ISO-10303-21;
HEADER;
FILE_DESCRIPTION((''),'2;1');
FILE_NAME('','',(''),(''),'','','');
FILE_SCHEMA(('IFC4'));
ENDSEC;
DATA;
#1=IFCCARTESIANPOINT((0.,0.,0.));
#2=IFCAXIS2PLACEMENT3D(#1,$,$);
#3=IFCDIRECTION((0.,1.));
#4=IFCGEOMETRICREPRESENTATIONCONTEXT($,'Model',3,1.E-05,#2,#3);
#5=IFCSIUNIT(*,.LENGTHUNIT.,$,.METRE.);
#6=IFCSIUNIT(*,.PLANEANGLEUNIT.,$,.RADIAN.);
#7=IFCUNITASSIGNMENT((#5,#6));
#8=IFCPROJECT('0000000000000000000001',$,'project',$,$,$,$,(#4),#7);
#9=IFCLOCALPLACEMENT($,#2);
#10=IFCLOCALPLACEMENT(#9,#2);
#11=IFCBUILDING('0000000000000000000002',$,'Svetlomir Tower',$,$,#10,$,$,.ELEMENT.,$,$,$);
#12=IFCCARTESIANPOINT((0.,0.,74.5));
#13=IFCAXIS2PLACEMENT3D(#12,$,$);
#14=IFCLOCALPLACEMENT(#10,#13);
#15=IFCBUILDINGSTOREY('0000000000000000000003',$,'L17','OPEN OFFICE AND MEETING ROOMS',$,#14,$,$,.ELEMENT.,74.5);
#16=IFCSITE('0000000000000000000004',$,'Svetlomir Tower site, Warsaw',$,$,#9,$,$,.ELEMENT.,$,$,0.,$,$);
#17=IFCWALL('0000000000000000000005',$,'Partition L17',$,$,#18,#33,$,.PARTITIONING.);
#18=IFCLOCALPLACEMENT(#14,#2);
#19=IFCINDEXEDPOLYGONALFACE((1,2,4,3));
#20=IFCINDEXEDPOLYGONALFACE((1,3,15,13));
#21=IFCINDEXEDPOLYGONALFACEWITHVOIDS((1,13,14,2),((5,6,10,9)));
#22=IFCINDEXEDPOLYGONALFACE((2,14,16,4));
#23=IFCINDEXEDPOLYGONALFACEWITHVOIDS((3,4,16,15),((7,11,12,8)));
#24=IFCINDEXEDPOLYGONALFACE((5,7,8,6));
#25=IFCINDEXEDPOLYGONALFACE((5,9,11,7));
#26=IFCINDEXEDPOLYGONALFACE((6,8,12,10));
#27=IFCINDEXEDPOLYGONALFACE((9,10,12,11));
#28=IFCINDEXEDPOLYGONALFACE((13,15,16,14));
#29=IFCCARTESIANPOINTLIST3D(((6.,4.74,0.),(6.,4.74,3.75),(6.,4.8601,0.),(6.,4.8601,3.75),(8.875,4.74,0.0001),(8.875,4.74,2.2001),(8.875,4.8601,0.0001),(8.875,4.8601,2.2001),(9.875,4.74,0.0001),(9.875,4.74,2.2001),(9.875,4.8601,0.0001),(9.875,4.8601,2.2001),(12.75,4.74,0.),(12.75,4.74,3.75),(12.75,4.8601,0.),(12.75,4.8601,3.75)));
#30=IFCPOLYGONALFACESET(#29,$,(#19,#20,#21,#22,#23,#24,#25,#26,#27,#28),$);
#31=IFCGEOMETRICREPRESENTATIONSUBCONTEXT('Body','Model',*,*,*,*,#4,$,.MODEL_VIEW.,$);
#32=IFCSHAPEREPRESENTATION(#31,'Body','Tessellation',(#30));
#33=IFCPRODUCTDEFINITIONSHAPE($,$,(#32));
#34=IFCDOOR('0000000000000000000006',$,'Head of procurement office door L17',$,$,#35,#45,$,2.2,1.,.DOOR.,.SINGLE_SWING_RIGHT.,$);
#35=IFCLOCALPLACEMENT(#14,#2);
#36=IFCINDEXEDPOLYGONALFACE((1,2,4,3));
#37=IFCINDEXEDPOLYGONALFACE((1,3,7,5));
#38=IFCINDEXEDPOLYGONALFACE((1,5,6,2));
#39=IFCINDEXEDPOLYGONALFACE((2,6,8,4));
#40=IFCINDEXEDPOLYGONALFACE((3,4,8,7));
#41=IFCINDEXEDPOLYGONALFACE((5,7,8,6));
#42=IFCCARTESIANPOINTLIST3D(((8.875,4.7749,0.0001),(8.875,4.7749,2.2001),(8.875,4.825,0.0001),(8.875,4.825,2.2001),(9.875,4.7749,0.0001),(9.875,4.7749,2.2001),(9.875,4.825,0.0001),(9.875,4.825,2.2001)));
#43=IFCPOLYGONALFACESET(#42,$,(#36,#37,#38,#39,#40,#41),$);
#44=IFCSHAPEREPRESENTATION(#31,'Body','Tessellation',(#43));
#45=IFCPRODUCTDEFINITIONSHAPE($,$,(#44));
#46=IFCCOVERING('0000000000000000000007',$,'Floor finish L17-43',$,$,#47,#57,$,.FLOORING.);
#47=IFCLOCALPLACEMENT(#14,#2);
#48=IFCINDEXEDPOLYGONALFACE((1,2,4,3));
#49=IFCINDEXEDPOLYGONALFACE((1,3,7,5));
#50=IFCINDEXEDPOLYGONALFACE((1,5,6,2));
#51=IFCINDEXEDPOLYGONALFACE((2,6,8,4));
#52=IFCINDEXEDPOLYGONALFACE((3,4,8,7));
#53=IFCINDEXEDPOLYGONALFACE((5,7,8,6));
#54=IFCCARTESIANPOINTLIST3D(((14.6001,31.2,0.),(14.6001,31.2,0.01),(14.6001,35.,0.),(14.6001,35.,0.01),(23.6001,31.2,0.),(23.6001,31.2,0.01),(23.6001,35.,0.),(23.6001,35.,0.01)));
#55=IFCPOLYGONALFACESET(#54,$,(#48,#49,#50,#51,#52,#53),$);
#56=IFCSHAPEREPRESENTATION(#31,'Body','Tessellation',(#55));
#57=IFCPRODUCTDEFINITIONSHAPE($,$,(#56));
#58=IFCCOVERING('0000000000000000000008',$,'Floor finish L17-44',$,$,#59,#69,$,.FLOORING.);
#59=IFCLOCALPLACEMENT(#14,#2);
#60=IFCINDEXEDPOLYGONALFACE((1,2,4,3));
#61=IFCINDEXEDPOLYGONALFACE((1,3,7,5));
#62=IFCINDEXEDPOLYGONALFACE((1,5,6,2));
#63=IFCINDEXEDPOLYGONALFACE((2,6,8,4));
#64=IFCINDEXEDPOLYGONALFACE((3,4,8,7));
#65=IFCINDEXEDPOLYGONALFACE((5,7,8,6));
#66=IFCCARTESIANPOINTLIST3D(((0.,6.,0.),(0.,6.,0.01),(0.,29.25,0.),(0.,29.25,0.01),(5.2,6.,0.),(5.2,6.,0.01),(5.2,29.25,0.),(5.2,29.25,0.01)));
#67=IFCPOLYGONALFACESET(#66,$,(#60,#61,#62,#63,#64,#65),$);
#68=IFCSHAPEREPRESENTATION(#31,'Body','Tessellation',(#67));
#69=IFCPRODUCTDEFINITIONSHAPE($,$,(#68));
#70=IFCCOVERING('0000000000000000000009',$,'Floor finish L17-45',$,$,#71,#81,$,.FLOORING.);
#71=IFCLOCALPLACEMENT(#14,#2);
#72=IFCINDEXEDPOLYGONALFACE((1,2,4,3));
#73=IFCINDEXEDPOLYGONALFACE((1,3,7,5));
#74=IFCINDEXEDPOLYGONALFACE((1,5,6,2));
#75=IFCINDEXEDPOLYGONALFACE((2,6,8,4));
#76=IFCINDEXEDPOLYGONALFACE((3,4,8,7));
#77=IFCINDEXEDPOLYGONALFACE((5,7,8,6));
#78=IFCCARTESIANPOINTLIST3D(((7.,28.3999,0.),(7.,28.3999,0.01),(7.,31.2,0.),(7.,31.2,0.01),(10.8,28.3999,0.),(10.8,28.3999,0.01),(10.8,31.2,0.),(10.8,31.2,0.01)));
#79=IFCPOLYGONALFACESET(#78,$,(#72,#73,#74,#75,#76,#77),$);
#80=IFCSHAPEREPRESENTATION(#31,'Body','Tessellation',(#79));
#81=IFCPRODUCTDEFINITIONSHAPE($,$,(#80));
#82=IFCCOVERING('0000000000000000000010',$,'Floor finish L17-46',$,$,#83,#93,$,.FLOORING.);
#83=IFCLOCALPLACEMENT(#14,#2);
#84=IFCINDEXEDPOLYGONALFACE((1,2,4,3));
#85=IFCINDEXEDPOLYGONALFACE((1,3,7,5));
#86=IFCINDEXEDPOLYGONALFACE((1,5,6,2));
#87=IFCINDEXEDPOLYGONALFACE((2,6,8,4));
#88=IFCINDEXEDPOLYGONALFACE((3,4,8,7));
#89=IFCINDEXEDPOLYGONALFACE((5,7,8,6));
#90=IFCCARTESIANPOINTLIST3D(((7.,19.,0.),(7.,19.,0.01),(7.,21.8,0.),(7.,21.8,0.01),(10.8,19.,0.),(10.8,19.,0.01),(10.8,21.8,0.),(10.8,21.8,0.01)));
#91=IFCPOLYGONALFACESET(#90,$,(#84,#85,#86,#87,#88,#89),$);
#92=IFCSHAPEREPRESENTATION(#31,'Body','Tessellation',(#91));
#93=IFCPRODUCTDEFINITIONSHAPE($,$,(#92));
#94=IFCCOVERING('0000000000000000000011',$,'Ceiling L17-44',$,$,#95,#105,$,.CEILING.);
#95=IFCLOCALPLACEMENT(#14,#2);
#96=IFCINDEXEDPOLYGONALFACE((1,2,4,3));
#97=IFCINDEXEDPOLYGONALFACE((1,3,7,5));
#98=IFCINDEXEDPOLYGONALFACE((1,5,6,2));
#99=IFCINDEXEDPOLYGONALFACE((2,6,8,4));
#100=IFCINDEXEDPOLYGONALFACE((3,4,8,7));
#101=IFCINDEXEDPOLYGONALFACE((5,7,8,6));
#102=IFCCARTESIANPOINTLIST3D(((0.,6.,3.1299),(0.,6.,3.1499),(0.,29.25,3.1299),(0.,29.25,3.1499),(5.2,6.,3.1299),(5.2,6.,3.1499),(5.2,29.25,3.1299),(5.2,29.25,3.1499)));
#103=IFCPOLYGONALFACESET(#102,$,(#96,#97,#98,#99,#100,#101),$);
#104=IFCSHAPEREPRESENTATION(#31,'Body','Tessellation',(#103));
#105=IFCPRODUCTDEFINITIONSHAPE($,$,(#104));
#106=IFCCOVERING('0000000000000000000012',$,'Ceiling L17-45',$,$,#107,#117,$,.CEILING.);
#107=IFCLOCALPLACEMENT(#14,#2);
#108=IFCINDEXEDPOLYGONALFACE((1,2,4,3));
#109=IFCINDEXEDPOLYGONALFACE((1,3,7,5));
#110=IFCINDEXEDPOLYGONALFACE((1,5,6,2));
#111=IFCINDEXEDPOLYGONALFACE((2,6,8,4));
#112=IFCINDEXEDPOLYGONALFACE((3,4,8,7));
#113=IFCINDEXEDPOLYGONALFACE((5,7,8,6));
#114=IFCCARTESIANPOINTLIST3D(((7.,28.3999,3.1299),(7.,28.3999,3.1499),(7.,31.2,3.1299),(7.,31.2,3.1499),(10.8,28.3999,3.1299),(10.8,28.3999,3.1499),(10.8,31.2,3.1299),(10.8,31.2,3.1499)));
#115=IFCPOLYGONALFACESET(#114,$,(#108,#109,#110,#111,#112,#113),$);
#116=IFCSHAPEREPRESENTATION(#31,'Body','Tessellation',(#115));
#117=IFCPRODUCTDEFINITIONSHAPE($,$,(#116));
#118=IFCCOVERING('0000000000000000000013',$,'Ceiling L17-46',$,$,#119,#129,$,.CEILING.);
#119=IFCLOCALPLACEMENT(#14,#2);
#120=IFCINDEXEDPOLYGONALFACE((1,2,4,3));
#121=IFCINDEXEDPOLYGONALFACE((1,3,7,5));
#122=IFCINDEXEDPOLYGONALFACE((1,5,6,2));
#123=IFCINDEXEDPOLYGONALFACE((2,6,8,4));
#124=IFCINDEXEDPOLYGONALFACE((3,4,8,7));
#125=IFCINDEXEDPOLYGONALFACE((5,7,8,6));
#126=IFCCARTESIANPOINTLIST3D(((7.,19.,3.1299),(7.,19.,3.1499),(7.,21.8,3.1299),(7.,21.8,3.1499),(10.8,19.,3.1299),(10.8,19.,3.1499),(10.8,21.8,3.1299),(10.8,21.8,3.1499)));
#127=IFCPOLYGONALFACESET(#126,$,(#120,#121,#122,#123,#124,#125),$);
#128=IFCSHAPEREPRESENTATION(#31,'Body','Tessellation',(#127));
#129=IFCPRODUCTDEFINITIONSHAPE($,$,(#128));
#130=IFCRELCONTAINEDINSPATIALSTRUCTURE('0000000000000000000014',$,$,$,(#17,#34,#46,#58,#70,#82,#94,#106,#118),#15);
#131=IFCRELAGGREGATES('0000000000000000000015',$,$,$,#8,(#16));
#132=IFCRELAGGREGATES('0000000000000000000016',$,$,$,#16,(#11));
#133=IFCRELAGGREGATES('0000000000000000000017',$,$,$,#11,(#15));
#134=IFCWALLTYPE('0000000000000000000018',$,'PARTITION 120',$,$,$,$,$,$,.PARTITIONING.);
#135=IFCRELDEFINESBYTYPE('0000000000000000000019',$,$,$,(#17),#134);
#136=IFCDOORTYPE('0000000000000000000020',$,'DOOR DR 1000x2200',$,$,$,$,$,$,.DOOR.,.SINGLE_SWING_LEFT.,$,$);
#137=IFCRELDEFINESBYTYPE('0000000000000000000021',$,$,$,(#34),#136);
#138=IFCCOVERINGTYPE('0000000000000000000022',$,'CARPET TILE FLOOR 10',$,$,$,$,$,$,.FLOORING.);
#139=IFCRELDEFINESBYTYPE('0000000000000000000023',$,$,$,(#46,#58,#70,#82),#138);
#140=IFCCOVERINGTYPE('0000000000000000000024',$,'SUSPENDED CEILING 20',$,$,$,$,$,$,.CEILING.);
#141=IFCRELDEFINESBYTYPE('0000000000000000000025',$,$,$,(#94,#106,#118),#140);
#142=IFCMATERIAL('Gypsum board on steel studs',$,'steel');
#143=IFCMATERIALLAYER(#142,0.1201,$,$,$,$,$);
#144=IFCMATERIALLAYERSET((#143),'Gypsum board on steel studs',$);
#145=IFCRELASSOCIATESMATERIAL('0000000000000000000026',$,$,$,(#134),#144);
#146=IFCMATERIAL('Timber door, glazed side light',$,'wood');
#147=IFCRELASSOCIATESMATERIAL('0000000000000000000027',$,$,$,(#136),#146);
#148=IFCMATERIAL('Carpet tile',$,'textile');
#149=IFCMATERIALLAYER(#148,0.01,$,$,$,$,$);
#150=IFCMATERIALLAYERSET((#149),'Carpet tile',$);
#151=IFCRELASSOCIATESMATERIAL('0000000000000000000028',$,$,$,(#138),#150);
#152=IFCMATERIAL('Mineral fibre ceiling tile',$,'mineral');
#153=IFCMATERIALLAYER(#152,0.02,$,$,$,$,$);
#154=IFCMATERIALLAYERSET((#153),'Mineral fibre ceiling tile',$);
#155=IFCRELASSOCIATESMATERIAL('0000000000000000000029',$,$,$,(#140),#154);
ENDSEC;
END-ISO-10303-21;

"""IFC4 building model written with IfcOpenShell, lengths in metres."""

from ifc_helpers import new_model, si_unit, direction, frame, frame_2d, origin, place, context, subcontext, project, spatial, polyline, rectangle, outline, extrude, material, layer, layer_set, type_object, element, fill, save


model = new_model("IFC4")

# Units and contexts
model_context = context("Model", 3, precision=1e-05, world=origin(), true_north=direction((0.0, 1.0)))
body_context = subcontext(model_context, "Body", "Model", "MODEL_VIEW")
ifc_project = project(units=[si_unit("LENGTHUNIT", "METRE"), si_unit("PLANEANGLEUNIT", "RADIAN")], contexts=[model_context])

# Site, building, storey
site_placement = place(None, origin())
site = spatial("IfcSite", under=ifc_project, at=site_placement, Name="Svetlomir Tower site, Warsaw", CompositionType="ELEMENT", RefElevation=0.0)
building_placement = place(site_placement, origin())
building = spatial("IfcBuilding", under=site, at=building_placement, Name="Svetlomir Tower", CompositionType="ELEMENT")
storey_placement = place(building_placement, frame((0.0, 0.0, 74.5)))
storey = spatial("IfcBuildingStorey", under=building, at=storey_placement, Name="L17", Description="OPEN OFFICE AND MEETING ROOMS", CompositionType="ELEMENT", Elevation=74.5)

# Wall, opening, door
ifc_material_1 = material(Name="Gypsum board on steel studs", Category="steel")
ifc_layer_1 = layer(ifc_material_1, 0.1201)
ifc_layer_set_1 = layer_set([ifc_layer_1], Name="Gypsum board on steel studs")
wall_type = type_object("IfcWallType", Name="PARTITION 120", PredefinedType="PARTITIONING", material=ifc_layer_set_1)
wall_placement = place(storey_placement, frame((6.0, 4.8, 0.0), z_axis=(0.0, 0.0, 1.0), x_axis=(1.0, 0.0, 0.0)))
wall = element("IfcWall", 1, at=wall_placement, inside=storey, type_object=wall_type, Name="Partition L17", PredefinedType="PARTITIONING", context=body_context, shape_type="SweptSolid", body=[
    extrude(rectangle(XDim=6.75, YDim=0.1201, at=frame_2d((3.375, 0.0))), origin(), (0.0, 0.0, 1.0), 3.75),
])
opening_placement = place(wall_placement, frame((2.875, 0.0, 0.0)))
opening = element("IfcOpeningElement", 2, at=opening_placement, cuts=wall, PredefinedType="OPENING", context=body_context, shape_type="SweptSolid", body=[
    extrude(rectangle(XDim=1.0, YDim=2.2, at=frame_2d((0.5, 1.1001))), frame((0.0, 0.0701, 0.0), z_axis=(0.0, -1.0, 0.0), x_axis=(1.0, 0.0, 0.0)), (0.0, 0.0, 1.0), 0.1401),
])
ifc_material_2 = material(Name="Timber door, glazed side light", Category="wood")
door_type = type_object("IfcDoorType", Name="DOOR DR 1000x2200", OperationType="SINGLE_SWING_LEFT", PredefinedType="DOOR", material=ifc_material_2)
door_placement = place(opening_placement, origin())
door = element("IfcDoor", 3, at=door_placement, inside=storey, type_object=door_type, Name="Head of procurement office door L17", OperationType="SINGLE_SWING_RIGHT", OverallHeight=2.2, OverallWidth=1.0, PredefinedType="DOOR", context=body_context, shape_type="SweptSolid", body=[
    extrude(rectangle(XDim=1.0, YDim=2.2, at=frame_2d((0.5, 1.1001))), frame((0.0, 0.0249, 0.0), z_axis=(0.0, -1.0, 0.0), x_axis=(1.0, 0.0, 0.0)), (0.0, 0.0, 1.0), 0.05),
])
fill(opening, door)

# Coverings
ifc_material_3 = material(Name="Carpet tile", Category="textile")
ifc_layer_2 = layer(ifc_material_3, 0.01)
ifc_layer_set_2 = layer_set([ifc_layer_2], Name="Carpet tile")
covering_type_1 = type_object("IfcCoveringType", Name="CARPET TILE FLOOR 10", PredefinedType="FLOORING", material=ifc_layer_set_2)
covering_1_placement = place(storey_placement, origin())
element("IfcCovering", 4, at=covering_1_placement, inside=storey, type_object=covering_type_1, Name="Floor finish L17-43", PredefinedType="FLOORING", context=body_context, shape_type="SweptSolid", body=[
    extrude(outline(polyline([(14.6001, 31.2), (14.6001, 35.0), (23.6001, 35.0), (23.6001, 31.2), (14.6001, 31.2)])), origin(), (0.0, 0.0, 1.0), 0.01),
])
covering_2_placement = place(storey_placement, origin())
element("IfcCovering", 5, at=covering_2_placement, inside=storey, type_object=covering_type_1, Name="Floor finish L17-44", PredefinedType="FLOORING", context=body_context, shape_type="SweptSolid", body=[
    extrude(outline(polyline([(0.0, 29.25), (5.2, 29.25), (5.2, 6.0), (0.0, 6.0), (0.0, 29.25)])), origin(), (0.0, 0.0, 1.0), 0.01),
])
covering_3_placement = place(storey_placement, origin())
element("IfcCovering", 6, at=covering_3_placement, inside=storey, type_object=covering_type_1, Name="Floor finish L17-45", PredefinedType="FLOORING", context=body_context, shape_type="SweptSolid", body=[
    extrude(outline(polyline([(7.0, 28.3999), (7.0, 31.2), (10.8, 31.2), (10.8, 28.3999), (7.0, 28.3999)])), origin(), (0.0, 0.0, 1.0), 0.01),
])
covering_4_placement = place(storey_placement, origin())
element("IfcCovering", 7, at=covering_4_placement, inside=storey, type_object=covering_type_1, Name="Floor finish L17-46", PredefinedType="FLOORING", context=body_context, shape_type="SweptSolid", body=[
    extrude(outline(polyline([(7.0, 19.0), (7.0, 21.8), (10.8, 21.8), (10.8, 19.0), (7.0, 19.0)])), origin(), (0.0, 0.0, 1.0), 0.01),
])
ifc_material_4 = material(Name="Mineral fibre ceiling tile", Category="mineral")
ifc_layer_3 = layer(ifc_material_4, 0.02)
ifc_layer_set_3 = layer_set([ifc_layer_3], Name="Mineral fibre ceiling tile")
covering_type_2 = type_object("IfcCoveringType", Name="SUSPENDED CEILING 20", PredefinedType="CEILING", material=ifc_layer_set_3)
covering_5_placement = place(storey_placement, frame((0.0, 0.0, 3.1299)))
element("IfcCovering", 8, at=covering_5_placement, inside=storey, type_object=covering_type_2, Name="Ceiling L17-44", PredefinedType="CEILING", context=body_context, shape_type="SweptSolid", body=[
    extrude(outline(polyline([(0.0, 29.25), (5.2, 29.25), (5.2, 6.0), (0.0, 6.0), (0.0, 29.25)])), origin(), (0.0, 0.0, 1.0), 0.02),
])
covering_6_placement = place(storey_placement, frame((0.0, 0.0, 3.1299)))
element("IfcCovering", 9, at=covering_6_placement, inside=storey, type_object=covering_type_2, Name="Ceiling L17-45", PredefinedType="CEILING", context=body_context, shape_type="SweptSolid", body=[
    extrude(outline(polyline([(7.0, 28.3999), (7.0, 31.2), (10.8, 31.2), (10.8, 28.3999), (7.0, 28.3999)])), origin(), (0.0, 0.0, 1.0), 0.02),
])
covering_7_placement = place(storey_placement, frame((0.0, 0.0, 3.1299)))
element("IfcCovering", 10, at=covering_7_placement, inside=storey, type_object=covering_type_2, Name="Ceiling L17-46", PredefinedType="CEILING", context=body_context, shape_type="SweptSolid", body=[
    extrude(outline(polyline([(7.0, 19.0), (7.0, 21.8), (10.8, 21.8), (10.8, 19.0), (7.0, 19.0)])), origin(), (0.0, 0.0, 1.0), 0.02),
])

save(model, "model.ifc")
